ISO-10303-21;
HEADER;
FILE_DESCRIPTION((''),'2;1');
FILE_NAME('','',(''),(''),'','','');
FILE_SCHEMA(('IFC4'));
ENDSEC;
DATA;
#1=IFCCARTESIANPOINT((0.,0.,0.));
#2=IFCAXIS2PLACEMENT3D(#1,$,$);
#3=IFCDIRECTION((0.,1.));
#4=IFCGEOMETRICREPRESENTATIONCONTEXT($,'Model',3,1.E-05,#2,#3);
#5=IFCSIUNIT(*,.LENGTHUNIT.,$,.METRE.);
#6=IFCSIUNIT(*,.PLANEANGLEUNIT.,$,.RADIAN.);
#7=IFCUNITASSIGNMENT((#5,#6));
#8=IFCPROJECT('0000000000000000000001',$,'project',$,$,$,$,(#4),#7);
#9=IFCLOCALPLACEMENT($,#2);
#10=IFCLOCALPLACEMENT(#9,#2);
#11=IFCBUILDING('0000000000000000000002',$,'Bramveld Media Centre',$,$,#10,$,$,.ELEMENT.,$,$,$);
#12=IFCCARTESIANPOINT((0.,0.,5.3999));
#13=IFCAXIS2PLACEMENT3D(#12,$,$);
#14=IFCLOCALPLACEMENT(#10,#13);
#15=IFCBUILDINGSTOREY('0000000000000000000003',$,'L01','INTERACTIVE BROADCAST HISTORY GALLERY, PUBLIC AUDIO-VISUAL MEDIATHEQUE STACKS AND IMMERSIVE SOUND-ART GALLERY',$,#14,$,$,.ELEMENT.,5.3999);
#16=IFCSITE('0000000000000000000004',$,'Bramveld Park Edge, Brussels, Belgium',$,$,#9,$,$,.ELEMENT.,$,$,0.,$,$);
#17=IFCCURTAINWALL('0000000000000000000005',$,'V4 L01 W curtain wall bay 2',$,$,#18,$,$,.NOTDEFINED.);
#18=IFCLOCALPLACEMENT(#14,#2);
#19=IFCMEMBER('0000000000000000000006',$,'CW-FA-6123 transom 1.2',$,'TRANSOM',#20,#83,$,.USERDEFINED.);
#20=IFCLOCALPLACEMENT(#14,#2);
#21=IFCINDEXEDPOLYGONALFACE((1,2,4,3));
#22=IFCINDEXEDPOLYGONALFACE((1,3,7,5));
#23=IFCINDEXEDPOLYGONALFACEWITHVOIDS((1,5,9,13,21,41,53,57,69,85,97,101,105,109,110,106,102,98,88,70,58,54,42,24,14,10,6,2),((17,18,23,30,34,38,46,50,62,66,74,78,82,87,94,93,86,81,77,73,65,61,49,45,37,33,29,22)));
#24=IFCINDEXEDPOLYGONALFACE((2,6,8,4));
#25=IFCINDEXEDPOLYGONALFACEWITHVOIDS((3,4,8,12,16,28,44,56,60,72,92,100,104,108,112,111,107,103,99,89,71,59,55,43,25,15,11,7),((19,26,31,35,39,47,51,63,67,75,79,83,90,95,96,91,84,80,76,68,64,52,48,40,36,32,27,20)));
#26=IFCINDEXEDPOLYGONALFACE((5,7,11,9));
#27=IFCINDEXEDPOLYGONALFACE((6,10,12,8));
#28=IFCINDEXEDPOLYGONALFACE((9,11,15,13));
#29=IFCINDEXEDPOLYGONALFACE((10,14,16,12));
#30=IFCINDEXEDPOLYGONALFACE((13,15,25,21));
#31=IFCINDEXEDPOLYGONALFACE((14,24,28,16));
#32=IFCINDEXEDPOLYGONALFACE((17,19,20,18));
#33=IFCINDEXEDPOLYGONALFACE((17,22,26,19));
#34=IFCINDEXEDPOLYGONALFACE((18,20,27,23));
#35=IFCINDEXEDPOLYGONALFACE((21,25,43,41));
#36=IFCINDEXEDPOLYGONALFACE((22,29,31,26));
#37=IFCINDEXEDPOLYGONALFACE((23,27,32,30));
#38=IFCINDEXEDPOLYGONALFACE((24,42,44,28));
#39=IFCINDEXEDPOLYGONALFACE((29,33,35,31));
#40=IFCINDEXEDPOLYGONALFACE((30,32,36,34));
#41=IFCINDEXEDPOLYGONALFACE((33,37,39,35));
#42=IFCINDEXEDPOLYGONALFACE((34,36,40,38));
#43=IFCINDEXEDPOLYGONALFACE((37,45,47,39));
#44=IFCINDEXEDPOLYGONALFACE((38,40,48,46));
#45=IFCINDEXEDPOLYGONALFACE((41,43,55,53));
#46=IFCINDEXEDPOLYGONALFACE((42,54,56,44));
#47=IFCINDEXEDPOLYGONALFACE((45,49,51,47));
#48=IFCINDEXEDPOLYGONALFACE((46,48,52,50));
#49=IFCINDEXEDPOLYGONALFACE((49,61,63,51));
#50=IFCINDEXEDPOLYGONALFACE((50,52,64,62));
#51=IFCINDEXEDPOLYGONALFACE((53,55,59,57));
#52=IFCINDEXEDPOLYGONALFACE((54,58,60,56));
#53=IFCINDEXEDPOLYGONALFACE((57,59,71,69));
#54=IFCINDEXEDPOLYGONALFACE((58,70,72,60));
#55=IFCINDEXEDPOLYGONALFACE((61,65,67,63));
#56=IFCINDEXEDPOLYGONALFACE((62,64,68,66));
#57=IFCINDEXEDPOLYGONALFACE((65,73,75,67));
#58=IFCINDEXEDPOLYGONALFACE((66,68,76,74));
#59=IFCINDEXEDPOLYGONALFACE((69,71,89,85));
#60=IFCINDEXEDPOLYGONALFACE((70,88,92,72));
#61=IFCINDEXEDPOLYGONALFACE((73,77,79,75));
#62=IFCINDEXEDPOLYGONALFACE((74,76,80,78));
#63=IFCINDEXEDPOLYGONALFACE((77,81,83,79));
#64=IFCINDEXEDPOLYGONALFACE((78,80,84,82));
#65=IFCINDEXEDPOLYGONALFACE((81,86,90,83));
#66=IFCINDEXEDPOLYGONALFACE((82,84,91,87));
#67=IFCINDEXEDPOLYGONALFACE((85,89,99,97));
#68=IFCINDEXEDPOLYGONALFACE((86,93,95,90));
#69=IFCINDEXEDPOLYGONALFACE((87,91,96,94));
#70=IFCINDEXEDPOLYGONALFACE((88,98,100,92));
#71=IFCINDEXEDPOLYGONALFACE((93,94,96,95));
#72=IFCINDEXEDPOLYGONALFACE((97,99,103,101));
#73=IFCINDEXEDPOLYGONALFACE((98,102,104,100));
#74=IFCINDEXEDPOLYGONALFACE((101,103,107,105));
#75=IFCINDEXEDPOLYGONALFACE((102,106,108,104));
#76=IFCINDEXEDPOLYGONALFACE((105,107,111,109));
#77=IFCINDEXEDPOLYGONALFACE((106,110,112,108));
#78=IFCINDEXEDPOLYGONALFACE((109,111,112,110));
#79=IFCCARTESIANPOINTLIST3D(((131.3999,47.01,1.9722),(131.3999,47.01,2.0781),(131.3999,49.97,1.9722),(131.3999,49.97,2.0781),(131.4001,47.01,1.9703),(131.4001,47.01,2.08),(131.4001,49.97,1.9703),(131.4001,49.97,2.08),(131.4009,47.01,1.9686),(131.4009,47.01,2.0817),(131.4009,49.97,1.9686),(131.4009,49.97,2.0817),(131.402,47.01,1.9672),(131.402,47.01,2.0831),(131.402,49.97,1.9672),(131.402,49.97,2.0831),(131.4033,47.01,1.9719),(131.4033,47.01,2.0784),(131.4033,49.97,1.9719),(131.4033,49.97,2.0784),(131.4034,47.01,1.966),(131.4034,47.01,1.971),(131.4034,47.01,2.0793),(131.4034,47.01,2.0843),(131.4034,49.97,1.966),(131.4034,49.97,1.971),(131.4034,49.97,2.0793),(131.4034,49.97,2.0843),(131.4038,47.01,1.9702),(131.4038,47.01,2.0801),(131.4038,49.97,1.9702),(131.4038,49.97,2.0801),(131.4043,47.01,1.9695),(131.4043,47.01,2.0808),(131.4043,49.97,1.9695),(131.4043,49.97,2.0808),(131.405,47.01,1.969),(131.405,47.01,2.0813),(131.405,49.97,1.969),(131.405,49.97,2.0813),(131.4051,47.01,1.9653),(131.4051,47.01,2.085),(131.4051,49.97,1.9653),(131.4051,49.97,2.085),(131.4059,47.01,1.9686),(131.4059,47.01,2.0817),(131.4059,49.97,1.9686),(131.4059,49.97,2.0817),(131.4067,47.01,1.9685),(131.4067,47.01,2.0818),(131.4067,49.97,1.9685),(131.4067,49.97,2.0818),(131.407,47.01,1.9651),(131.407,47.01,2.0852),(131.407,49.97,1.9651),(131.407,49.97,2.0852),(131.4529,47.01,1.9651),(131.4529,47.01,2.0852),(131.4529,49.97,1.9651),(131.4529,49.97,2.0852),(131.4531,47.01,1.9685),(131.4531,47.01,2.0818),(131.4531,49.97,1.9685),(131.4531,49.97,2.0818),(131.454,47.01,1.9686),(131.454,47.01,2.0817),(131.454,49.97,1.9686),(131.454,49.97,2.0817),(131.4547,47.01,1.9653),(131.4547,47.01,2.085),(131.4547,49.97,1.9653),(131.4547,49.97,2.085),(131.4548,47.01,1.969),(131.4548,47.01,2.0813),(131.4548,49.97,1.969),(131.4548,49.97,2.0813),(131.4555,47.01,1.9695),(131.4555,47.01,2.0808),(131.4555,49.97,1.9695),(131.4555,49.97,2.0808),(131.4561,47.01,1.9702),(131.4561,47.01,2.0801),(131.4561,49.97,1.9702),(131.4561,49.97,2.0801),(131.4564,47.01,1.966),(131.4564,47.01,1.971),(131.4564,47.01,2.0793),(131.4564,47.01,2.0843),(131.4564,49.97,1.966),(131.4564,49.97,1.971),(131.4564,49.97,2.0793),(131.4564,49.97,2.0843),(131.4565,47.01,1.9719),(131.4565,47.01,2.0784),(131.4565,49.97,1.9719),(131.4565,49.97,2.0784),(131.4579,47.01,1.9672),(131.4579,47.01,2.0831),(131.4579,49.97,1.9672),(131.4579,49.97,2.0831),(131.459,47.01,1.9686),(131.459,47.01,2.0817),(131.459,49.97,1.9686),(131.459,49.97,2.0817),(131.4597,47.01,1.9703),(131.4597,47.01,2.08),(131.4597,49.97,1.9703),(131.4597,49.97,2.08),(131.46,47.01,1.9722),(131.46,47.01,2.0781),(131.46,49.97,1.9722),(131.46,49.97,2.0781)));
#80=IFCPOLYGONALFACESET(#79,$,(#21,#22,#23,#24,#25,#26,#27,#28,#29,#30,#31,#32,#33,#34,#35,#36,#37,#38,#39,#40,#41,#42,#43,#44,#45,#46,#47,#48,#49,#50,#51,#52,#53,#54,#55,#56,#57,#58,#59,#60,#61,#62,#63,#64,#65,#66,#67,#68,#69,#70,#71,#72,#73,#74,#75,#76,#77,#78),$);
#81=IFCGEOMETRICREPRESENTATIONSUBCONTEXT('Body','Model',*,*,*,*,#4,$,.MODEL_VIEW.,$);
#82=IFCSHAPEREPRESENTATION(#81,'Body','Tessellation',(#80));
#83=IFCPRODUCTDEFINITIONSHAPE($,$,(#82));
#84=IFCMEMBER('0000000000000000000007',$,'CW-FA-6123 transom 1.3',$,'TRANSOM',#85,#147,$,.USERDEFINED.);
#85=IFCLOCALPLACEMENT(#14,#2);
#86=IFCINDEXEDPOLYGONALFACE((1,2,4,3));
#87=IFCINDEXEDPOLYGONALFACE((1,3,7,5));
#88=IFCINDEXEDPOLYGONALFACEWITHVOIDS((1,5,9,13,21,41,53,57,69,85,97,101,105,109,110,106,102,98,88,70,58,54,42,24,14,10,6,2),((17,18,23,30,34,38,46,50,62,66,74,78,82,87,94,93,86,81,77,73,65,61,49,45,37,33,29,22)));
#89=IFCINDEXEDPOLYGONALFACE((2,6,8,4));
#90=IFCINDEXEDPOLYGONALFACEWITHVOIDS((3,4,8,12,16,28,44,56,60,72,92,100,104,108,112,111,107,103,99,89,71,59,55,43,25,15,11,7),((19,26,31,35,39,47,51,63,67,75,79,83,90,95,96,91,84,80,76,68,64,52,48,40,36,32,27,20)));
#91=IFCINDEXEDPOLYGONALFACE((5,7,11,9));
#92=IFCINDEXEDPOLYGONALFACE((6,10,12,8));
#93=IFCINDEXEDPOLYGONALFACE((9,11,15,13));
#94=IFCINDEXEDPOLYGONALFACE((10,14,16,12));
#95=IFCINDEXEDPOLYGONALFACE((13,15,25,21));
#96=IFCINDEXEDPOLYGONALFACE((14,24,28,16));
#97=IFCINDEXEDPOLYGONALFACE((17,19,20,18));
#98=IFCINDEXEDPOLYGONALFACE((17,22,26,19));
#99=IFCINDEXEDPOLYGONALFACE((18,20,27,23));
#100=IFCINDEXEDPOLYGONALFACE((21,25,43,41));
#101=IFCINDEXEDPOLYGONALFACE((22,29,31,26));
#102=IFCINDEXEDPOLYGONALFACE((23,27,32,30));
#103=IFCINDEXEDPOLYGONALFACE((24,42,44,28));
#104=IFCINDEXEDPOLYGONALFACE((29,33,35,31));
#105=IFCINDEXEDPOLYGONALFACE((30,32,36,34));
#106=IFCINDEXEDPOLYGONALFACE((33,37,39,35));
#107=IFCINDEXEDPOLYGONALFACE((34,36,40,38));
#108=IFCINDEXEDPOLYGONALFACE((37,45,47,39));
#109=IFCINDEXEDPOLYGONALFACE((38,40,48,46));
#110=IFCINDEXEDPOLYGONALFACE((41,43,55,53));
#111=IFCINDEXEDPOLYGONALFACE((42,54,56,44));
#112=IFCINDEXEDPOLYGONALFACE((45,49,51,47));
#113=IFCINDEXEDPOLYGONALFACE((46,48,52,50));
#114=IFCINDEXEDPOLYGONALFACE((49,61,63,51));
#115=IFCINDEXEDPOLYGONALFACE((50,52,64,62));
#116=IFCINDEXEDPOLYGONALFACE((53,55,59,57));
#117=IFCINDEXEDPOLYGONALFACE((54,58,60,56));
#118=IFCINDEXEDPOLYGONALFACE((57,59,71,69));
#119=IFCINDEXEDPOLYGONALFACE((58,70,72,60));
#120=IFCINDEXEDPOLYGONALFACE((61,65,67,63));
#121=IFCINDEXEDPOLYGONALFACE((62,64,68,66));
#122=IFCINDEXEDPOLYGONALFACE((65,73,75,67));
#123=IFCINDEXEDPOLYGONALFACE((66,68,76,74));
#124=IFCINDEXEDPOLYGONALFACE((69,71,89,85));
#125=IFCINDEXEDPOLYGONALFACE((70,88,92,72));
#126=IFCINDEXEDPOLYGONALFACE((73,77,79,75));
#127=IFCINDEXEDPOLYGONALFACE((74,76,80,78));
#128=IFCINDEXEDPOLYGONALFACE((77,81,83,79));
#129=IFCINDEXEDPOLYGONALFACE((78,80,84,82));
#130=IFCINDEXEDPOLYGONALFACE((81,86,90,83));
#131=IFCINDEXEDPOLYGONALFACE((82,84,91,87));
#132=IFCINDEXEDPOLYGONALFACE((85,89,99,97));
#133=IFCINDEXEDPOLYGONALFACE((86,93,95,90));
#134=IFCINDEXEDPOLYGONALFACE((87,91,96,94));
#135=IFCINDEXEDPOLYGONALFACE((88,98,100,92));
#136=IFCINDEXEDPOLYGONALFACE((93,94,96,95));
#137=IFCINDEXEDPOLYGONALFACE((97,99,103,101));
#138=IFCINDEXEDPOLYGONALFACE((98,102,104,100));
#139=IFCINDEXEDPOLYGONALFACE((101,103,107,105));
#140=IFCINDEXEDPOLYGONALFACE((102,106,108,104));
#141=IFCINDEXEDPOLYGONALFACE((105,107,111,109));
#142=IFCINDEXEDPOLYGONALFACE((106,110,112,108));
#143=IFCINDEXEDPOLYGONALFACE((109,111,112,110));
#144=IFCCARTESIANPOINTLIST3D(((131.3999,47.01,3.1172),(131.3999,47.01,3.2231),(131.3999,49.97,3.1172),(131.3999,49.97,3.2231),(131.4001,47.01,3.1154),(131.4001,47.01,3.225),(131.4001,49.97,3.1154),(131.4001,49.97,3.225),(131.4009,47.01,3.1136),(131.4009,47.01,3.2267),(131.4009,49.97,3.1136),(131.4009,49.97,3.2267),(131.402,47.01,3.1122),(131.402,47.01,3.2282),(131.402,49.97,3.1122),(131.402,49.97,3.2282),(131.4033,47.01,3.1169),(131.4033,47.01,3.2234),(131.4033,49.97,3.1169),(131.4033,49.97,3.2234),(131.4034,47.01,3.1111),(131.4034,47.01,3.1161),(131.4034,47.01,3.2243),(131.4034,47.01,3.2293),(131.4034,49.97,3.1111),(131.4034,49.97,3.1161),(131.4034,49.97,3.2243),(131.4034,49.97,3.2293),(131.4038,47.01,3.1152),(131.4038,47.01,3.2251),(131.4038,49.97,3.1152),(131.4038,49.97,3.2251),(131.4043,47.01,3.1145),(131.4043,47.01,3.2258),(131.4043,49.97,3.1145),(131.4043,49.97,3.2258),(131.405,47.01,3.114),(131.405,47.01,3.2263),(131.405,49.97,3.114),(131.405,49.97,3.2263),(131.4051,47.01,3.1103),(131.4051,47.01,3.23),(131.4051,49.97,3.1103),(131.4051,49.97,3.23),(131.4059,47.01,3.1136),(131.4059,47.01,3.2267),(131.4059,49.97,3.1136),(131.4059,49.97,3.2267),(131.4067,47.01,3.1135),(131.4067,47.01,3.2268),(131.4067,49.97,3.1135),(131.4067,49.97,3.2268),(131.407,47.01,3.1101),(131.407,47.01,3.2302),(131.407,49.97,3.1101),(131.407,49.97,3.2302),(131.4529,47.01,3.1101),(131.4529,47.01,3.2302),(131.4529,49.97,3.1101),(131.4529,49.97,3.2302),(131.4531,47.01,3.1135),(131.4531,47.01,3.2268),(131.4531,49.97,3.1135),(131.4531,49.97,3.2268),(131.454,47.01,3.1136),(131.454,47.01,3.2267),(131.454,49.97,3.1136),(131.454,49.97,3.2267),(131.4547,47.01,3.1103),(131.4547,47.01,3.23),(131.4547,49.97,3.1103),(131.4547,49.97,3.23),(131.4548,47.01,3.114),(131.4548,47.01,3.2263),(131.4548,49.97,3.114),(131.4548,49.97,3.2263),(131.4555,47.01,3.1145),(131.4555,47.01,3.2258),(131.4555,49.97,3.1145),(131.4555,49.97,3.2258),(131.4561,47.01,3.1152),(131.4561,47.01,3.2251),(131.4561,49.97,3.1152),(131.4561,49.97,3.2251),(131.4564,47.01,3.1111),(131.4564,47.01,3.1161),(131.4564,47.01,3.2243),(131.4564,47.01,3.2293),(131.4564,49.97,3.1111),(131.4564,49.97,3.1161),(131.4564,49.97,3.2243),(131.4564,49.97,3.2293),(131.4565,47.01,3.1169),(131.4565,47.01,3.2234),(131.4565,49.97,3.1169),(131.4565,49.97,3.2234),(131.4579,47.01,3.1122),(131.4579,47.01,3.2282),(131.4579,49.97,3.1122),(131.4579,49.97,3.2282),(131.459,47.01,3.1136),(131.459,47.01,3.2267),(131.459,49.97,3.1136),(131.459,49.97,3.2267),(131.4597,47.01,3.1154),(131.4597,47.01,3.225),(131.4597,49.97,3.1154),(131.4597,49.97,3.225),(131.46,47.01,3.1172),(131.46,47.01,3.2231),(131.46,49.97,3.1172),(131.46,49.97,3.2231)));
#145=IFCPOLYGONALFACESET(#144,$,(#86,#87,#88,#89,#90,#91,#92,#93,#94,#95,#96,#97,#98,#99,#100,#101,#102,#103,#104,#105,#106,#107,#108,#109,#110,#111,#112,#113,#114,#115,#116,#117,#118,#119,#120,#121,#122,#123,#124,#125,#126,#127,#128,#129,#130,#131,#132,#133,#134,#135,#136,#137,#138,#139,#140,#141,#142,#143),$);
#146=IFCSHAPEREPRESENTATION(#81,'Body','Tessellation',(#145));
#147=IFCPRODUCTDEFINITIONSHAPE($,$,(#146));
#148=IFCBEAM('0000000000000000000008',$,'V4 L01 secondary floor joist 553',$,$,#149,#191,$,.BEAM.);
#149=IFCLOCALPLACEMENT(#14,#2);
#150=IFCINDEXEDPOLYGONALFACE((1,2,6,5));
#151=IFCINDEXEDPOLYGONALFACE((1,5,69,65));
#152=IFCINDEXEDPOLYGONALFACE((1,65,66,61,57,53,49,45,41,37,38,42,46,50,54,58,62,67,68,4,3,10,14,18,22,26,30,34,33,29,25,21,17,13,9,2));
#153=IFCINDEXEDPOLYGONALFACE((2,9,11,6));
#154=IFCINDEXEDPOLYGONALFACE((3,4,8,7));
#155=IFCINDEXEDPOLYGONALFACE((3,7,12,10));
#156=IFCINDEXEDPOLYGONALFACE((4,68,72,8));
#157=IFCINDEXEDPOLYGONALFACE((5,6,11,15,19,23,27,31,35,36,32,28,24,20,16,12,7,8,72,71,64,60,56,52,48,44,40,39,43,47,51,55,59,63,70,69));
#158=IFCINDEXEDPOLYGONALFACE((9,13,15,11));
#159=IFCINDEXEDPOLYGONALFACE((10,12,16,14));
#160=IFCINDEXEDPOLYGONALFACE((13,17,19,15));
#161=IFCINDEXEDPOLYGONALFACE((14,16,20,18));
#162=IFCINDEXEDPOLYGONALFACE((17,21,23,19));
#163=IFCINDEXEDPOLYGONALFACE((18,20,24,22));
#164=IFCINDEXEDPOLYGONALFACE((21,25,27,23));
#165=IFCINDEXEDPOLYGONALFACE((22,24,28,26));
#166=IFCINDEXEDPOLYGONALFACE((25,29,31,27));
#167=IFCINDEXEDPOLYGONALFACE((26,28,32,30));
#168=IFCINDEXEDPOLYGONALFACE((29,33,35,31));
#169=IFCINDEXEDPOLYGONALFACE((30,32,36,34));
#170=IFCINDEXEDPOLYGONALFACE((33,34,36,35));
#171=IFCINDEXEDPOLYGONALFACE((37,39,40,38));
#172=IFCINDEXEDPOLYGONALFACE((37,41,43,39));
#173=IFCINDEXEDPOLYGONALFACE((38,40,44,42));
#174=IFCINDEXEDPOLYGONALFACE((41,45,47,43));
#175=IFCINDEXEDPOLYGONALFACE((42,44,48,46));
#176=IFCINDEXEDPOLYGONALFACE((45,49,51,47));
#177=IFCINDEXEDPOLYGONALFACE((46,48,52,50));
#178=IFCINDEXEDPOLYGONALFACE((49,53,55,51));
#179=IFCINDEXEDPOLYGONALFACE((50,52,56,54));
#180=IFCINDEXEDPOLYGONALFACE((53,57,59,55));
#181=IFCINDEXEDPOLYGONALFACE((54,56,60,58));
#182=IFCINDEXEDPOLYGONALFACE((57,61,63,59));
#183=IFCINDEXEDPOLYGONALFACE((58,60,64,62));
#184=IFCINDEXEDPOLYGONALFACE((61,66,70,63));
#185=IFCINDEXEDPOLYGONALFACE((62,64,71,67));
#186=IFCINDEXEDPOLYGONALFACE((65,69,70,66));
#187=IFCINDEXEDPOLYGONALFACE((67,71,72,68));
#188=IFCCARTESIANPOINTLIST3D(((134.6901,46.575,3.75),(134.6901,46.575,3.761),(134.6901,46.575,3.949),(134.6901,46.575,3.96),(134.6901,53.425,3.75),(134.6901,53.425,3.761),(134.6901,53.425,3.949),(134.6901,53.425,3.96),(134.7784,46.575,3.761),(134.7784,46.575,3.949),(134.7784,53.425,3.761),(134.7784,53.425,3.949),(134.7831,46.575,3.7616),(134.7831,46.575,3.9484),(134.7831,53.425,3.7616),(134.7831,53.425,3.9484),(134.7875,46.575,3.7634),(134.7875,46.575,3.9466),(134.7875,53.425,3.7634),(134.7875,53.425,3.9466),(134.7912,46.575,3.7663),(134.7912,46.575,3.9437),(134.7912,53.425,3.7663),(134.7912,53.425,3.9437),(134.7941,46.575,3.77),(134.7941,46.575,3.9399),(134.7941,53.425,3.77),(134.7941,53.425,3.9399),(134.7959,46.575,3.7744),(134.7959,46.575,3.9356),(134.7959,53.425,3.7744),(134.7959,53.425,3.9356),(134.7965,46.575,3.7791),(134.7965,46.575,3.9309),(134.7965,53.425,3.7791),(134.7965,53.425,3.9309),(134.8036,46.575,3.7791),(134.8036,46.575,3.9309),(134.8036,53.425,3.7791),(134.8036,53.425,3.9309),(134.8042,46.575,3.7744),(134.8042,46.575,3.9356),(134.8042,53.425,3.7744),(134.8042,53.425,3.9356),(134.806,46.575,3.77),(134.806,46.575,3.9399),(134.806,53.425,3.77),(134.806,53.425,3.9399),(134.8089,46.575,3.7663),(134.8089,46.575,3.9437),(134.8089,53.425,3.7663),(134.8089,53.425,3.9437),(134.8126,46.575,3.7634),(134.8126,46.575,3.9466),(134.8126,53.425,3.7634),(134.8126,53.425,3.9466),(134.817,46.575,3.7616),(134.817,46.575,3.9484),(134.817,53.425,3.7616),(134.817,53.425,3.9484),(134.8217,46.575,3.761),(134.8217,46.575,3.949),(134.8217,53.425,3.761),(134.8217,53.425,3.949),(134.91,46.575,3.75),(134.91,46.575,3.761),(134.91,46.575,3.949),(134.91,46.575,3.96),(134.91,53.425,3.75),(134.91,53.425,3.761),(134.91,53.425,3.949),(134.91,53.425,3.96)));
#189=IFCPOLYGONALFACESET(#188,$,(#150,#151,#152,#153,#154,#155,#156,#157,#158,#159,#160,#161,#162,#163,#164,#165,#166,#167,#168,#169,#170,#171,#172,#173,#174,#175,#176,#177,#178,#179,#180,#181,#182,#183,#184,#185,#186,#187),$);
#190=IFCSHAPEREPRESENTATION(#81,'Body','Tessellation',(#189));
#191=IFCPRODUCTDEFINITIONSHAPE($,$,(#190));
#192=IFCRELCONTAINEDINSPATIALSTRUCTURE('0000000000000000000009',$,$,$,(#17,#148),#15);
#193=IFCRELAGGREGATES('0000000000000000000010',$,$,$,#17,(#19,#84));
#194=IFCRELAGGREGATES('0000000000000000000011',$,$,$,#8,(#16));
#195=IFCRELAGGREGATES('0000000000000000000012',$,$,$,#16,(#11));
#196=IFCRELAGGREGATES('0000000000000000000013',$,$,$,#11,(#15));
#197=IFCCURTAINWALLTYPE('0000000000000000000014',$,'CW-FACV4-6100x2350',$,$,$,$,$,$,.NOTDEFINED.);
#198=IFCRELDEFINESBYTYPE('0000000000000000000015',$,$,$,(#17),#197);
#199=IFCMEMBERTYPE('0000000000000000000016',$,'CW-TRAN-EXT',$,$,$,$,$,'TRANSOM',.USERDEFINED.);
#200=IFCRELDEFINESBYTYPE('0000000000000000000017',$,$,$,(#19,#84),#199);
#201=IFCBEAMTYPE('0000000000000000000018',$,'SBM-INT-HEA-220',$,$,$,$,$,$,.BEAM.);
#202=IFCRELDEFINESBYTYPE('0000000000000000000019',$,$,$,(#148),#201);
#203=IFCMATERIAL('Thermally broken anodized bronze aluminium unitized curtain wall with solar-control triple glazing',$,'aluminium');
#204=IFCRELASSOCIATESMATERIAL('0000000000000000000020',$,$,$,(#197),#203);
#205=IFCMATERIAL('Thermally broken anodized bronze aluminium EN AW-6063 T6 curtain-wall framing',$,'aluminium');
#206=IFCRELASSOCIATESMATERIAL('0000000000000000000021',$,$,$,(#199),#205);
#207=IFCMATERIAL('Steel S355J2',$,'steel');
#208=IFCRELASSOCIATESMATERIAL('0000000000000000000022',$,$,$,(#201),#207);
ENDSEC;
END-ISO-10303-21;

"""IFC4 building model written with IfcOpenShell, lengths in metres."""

from ifc_helpers import new_model, si_unit, direction, frame, origin, origin_2d, place, context, subcontext, project, spatial, hollow_rectangle, i_section, extrude, material, material_profile, profile_set, type_object, element, aggregate, save


model = new_model("IFC4")

# Units and contexts
model_context = context("Model", 3, precision=1e-05, world=origin(), true_north=direction((0.0, 1.0)))
body_context = subcontext(model_context, "Body", "Model", "MODEL_VIEW")
ifc_project = project(units=[si_unit("LENGTHUNIT", "METRE"), si_unit("PLANEANGLEUNIT", "RADIAN")], contexts=[model_context])

# Site, building, storey
site_placement = place(None, origin())
site = spatial("IfcSite", under=ifc_project, at=site_placement, Name="Bramveld Park Edge, Brussels, Belgium", CompositionType="ELEMENT", RefElevation=0.0)
building_placement = place(site_placement, origin())
building = spatial("IfcBuilding", under=site, at=building_placement, Name="Bramveld Media Centre", CompositionType="ELEMENT")
storey_placement = place(building_placement, frame((0.0, 0.0, 5.3999)))
storey = spatial("IfcBuildingStorey", under=building, at=storey_placement, Name="L01", Description="INTERACTIVE BROADCAST HISTORY GALLERY, PUBLIC AUDIO-VISUAL MEDIATHEQUE STACKS AND IMMERSIVE SOUND-ART GALLERY", CompositionType="ELEMENT", Elevation=5.3999)

# Curtain wall
ifc_material_1 = material(Name="Thermally broken anodized bronze aluminium unitized curtain wall with solar-control triple glazing", Category="aluminium")
curtain_wall_type = type_object("IfcCurtainWallType", Name="CW-FACV4-6100x2350", PredefinedType="NOTDEFINED", material=ifc_material_1)
curtain_wall_1_placement = place(storey_placement, origin())
curtain_wall_1 = element("IfcCurtainWall", 1, at=curtain_wall_1_placement, inside=storey, type_object=curtain_wall_type, Name="V4 L01 W curtain wall bay 2", PredefinedType="NOTDEFINED")

# Members
ifc_material_2 = material(Name="Thermally broken anodized bronze aluminium EN AW-6063 T6 curtain-wall framing", Category="aluminium")
ifc_material_profile_1 = material_profile(ifc_material_2, hollow_rectangle(XDim=0.0601, YDim=0.1201, WallThickness=0.0034, InnerFilletRadius=0.0034, OuterFilletRadius=0.0071, at=origin_2d()), Name="AL-TRAN 60x120")
ifc_profile_set_1 = profile_set([ifc_material_profile_1], Name="Thermally broken anodized bronze aluminium EN AW-6063 T6 curtain-wall framing")
member_type_1 = type_object("IfcMemberType", Name="CW-TRAN-EXT", ElementType="TRANSOM", PredefinedType="USERDEFINED", material=ifc_profile_set_1)
member_1_placement = place(storey_placement, frame((131.4299, 47.01, 2.0251), z_axis=(0.0, 1.0, 0.0), x_axis=(-1.0, 0.0, 0.0)))
member_1 = element("IfcMember", 2, at=member_1_placement, type_object=member_type_1, Name="CW-FA-6123 transom 1.2", ObjectType="TRANSOM", PredefinedType="USERDEFINED", context=body_context, shape_type="SweptSolid", body=[
    extrude(hollow_rectangle(XDim=0.0601, YDim=0.1201, WallThickness=0.0034, InnerFilletRadius=0.0034, OuterFilletRadius=0.0071, at=origin_2d()), origin(), (0.0, 0.0, 1.0), 2.96),
])
member_2_placement = place(storey_placement, frame((131.4299, 47.01, 3.1702), z_axis=(0.0, 1.0, 0.0), x_axis=(-1.0, 0.0, 0.0)))
member_2 = element("IfcMember", 3, at=member_2_placement, type_object=member_type_1, Name="CW-FA-6123 transom 1.3", ObjectType="TRANSOM", PredefinedType="USERDEFINED", context=body_context, shape_type="SweptSolid", body=[
    extrude(hollow_rectangle(XDim=0.0601, YDim=0.1201, WallThickness=0.0034, InnerFilletRadius=0.0034, OuterFilletRadius=0.0071, at=origin_2d()), origin(), (0.0, 0.0, 1.0), 2.96),
])

# Beam
ifc_material_3 = material(Name="Steel S355J2", Category="steel")
ifc_material_profile_2 = material_profile(ifc_material_3, i_section(OverallWidth=0.22, OverallDepth=0.21, WebThickness=0.0071, FlangeThickness=0.011, FilletRadius=0.0181, at=origin_2d()), Name="HEA 220")
ifc_profile_set_2 = profile_set([ifc_material_profile_2], Name="Steel S355J2")
beam_type_1 = type_object("IfcBeamType", Name="SBM-INT-HEA-220", PredefinedType="BEAM", material=ifc_profile_set_2)
beam_1_placement = place(storey_placement, frame((134.8, 46.575, 3.855), z_axis=(0.0, 1.0, 0.0), x_axis=(-1.0, 0.0, 0.0)))
element("IfcBeam", 4, at=beam_1_placement, inside=storey, type_object=beam_type_1, Name="V4 L01 secondary floor joist 553", PredefinedType="BEAM", context=body_context, shape_type="SweptSolid", body=[
    extrude(i_section(OverallWidth=0.22, OverallDepth=0.21, WebThickness=0.0071, FlangeThickness=0.011, FilletRadius=0.0181, at=origin_2d()), origin(), (0.0, 0.0, 1.0), 6.8501),
])

aggregate(curtain_wall_1, [member_1, member_2])

save(model, "model.ifc")
